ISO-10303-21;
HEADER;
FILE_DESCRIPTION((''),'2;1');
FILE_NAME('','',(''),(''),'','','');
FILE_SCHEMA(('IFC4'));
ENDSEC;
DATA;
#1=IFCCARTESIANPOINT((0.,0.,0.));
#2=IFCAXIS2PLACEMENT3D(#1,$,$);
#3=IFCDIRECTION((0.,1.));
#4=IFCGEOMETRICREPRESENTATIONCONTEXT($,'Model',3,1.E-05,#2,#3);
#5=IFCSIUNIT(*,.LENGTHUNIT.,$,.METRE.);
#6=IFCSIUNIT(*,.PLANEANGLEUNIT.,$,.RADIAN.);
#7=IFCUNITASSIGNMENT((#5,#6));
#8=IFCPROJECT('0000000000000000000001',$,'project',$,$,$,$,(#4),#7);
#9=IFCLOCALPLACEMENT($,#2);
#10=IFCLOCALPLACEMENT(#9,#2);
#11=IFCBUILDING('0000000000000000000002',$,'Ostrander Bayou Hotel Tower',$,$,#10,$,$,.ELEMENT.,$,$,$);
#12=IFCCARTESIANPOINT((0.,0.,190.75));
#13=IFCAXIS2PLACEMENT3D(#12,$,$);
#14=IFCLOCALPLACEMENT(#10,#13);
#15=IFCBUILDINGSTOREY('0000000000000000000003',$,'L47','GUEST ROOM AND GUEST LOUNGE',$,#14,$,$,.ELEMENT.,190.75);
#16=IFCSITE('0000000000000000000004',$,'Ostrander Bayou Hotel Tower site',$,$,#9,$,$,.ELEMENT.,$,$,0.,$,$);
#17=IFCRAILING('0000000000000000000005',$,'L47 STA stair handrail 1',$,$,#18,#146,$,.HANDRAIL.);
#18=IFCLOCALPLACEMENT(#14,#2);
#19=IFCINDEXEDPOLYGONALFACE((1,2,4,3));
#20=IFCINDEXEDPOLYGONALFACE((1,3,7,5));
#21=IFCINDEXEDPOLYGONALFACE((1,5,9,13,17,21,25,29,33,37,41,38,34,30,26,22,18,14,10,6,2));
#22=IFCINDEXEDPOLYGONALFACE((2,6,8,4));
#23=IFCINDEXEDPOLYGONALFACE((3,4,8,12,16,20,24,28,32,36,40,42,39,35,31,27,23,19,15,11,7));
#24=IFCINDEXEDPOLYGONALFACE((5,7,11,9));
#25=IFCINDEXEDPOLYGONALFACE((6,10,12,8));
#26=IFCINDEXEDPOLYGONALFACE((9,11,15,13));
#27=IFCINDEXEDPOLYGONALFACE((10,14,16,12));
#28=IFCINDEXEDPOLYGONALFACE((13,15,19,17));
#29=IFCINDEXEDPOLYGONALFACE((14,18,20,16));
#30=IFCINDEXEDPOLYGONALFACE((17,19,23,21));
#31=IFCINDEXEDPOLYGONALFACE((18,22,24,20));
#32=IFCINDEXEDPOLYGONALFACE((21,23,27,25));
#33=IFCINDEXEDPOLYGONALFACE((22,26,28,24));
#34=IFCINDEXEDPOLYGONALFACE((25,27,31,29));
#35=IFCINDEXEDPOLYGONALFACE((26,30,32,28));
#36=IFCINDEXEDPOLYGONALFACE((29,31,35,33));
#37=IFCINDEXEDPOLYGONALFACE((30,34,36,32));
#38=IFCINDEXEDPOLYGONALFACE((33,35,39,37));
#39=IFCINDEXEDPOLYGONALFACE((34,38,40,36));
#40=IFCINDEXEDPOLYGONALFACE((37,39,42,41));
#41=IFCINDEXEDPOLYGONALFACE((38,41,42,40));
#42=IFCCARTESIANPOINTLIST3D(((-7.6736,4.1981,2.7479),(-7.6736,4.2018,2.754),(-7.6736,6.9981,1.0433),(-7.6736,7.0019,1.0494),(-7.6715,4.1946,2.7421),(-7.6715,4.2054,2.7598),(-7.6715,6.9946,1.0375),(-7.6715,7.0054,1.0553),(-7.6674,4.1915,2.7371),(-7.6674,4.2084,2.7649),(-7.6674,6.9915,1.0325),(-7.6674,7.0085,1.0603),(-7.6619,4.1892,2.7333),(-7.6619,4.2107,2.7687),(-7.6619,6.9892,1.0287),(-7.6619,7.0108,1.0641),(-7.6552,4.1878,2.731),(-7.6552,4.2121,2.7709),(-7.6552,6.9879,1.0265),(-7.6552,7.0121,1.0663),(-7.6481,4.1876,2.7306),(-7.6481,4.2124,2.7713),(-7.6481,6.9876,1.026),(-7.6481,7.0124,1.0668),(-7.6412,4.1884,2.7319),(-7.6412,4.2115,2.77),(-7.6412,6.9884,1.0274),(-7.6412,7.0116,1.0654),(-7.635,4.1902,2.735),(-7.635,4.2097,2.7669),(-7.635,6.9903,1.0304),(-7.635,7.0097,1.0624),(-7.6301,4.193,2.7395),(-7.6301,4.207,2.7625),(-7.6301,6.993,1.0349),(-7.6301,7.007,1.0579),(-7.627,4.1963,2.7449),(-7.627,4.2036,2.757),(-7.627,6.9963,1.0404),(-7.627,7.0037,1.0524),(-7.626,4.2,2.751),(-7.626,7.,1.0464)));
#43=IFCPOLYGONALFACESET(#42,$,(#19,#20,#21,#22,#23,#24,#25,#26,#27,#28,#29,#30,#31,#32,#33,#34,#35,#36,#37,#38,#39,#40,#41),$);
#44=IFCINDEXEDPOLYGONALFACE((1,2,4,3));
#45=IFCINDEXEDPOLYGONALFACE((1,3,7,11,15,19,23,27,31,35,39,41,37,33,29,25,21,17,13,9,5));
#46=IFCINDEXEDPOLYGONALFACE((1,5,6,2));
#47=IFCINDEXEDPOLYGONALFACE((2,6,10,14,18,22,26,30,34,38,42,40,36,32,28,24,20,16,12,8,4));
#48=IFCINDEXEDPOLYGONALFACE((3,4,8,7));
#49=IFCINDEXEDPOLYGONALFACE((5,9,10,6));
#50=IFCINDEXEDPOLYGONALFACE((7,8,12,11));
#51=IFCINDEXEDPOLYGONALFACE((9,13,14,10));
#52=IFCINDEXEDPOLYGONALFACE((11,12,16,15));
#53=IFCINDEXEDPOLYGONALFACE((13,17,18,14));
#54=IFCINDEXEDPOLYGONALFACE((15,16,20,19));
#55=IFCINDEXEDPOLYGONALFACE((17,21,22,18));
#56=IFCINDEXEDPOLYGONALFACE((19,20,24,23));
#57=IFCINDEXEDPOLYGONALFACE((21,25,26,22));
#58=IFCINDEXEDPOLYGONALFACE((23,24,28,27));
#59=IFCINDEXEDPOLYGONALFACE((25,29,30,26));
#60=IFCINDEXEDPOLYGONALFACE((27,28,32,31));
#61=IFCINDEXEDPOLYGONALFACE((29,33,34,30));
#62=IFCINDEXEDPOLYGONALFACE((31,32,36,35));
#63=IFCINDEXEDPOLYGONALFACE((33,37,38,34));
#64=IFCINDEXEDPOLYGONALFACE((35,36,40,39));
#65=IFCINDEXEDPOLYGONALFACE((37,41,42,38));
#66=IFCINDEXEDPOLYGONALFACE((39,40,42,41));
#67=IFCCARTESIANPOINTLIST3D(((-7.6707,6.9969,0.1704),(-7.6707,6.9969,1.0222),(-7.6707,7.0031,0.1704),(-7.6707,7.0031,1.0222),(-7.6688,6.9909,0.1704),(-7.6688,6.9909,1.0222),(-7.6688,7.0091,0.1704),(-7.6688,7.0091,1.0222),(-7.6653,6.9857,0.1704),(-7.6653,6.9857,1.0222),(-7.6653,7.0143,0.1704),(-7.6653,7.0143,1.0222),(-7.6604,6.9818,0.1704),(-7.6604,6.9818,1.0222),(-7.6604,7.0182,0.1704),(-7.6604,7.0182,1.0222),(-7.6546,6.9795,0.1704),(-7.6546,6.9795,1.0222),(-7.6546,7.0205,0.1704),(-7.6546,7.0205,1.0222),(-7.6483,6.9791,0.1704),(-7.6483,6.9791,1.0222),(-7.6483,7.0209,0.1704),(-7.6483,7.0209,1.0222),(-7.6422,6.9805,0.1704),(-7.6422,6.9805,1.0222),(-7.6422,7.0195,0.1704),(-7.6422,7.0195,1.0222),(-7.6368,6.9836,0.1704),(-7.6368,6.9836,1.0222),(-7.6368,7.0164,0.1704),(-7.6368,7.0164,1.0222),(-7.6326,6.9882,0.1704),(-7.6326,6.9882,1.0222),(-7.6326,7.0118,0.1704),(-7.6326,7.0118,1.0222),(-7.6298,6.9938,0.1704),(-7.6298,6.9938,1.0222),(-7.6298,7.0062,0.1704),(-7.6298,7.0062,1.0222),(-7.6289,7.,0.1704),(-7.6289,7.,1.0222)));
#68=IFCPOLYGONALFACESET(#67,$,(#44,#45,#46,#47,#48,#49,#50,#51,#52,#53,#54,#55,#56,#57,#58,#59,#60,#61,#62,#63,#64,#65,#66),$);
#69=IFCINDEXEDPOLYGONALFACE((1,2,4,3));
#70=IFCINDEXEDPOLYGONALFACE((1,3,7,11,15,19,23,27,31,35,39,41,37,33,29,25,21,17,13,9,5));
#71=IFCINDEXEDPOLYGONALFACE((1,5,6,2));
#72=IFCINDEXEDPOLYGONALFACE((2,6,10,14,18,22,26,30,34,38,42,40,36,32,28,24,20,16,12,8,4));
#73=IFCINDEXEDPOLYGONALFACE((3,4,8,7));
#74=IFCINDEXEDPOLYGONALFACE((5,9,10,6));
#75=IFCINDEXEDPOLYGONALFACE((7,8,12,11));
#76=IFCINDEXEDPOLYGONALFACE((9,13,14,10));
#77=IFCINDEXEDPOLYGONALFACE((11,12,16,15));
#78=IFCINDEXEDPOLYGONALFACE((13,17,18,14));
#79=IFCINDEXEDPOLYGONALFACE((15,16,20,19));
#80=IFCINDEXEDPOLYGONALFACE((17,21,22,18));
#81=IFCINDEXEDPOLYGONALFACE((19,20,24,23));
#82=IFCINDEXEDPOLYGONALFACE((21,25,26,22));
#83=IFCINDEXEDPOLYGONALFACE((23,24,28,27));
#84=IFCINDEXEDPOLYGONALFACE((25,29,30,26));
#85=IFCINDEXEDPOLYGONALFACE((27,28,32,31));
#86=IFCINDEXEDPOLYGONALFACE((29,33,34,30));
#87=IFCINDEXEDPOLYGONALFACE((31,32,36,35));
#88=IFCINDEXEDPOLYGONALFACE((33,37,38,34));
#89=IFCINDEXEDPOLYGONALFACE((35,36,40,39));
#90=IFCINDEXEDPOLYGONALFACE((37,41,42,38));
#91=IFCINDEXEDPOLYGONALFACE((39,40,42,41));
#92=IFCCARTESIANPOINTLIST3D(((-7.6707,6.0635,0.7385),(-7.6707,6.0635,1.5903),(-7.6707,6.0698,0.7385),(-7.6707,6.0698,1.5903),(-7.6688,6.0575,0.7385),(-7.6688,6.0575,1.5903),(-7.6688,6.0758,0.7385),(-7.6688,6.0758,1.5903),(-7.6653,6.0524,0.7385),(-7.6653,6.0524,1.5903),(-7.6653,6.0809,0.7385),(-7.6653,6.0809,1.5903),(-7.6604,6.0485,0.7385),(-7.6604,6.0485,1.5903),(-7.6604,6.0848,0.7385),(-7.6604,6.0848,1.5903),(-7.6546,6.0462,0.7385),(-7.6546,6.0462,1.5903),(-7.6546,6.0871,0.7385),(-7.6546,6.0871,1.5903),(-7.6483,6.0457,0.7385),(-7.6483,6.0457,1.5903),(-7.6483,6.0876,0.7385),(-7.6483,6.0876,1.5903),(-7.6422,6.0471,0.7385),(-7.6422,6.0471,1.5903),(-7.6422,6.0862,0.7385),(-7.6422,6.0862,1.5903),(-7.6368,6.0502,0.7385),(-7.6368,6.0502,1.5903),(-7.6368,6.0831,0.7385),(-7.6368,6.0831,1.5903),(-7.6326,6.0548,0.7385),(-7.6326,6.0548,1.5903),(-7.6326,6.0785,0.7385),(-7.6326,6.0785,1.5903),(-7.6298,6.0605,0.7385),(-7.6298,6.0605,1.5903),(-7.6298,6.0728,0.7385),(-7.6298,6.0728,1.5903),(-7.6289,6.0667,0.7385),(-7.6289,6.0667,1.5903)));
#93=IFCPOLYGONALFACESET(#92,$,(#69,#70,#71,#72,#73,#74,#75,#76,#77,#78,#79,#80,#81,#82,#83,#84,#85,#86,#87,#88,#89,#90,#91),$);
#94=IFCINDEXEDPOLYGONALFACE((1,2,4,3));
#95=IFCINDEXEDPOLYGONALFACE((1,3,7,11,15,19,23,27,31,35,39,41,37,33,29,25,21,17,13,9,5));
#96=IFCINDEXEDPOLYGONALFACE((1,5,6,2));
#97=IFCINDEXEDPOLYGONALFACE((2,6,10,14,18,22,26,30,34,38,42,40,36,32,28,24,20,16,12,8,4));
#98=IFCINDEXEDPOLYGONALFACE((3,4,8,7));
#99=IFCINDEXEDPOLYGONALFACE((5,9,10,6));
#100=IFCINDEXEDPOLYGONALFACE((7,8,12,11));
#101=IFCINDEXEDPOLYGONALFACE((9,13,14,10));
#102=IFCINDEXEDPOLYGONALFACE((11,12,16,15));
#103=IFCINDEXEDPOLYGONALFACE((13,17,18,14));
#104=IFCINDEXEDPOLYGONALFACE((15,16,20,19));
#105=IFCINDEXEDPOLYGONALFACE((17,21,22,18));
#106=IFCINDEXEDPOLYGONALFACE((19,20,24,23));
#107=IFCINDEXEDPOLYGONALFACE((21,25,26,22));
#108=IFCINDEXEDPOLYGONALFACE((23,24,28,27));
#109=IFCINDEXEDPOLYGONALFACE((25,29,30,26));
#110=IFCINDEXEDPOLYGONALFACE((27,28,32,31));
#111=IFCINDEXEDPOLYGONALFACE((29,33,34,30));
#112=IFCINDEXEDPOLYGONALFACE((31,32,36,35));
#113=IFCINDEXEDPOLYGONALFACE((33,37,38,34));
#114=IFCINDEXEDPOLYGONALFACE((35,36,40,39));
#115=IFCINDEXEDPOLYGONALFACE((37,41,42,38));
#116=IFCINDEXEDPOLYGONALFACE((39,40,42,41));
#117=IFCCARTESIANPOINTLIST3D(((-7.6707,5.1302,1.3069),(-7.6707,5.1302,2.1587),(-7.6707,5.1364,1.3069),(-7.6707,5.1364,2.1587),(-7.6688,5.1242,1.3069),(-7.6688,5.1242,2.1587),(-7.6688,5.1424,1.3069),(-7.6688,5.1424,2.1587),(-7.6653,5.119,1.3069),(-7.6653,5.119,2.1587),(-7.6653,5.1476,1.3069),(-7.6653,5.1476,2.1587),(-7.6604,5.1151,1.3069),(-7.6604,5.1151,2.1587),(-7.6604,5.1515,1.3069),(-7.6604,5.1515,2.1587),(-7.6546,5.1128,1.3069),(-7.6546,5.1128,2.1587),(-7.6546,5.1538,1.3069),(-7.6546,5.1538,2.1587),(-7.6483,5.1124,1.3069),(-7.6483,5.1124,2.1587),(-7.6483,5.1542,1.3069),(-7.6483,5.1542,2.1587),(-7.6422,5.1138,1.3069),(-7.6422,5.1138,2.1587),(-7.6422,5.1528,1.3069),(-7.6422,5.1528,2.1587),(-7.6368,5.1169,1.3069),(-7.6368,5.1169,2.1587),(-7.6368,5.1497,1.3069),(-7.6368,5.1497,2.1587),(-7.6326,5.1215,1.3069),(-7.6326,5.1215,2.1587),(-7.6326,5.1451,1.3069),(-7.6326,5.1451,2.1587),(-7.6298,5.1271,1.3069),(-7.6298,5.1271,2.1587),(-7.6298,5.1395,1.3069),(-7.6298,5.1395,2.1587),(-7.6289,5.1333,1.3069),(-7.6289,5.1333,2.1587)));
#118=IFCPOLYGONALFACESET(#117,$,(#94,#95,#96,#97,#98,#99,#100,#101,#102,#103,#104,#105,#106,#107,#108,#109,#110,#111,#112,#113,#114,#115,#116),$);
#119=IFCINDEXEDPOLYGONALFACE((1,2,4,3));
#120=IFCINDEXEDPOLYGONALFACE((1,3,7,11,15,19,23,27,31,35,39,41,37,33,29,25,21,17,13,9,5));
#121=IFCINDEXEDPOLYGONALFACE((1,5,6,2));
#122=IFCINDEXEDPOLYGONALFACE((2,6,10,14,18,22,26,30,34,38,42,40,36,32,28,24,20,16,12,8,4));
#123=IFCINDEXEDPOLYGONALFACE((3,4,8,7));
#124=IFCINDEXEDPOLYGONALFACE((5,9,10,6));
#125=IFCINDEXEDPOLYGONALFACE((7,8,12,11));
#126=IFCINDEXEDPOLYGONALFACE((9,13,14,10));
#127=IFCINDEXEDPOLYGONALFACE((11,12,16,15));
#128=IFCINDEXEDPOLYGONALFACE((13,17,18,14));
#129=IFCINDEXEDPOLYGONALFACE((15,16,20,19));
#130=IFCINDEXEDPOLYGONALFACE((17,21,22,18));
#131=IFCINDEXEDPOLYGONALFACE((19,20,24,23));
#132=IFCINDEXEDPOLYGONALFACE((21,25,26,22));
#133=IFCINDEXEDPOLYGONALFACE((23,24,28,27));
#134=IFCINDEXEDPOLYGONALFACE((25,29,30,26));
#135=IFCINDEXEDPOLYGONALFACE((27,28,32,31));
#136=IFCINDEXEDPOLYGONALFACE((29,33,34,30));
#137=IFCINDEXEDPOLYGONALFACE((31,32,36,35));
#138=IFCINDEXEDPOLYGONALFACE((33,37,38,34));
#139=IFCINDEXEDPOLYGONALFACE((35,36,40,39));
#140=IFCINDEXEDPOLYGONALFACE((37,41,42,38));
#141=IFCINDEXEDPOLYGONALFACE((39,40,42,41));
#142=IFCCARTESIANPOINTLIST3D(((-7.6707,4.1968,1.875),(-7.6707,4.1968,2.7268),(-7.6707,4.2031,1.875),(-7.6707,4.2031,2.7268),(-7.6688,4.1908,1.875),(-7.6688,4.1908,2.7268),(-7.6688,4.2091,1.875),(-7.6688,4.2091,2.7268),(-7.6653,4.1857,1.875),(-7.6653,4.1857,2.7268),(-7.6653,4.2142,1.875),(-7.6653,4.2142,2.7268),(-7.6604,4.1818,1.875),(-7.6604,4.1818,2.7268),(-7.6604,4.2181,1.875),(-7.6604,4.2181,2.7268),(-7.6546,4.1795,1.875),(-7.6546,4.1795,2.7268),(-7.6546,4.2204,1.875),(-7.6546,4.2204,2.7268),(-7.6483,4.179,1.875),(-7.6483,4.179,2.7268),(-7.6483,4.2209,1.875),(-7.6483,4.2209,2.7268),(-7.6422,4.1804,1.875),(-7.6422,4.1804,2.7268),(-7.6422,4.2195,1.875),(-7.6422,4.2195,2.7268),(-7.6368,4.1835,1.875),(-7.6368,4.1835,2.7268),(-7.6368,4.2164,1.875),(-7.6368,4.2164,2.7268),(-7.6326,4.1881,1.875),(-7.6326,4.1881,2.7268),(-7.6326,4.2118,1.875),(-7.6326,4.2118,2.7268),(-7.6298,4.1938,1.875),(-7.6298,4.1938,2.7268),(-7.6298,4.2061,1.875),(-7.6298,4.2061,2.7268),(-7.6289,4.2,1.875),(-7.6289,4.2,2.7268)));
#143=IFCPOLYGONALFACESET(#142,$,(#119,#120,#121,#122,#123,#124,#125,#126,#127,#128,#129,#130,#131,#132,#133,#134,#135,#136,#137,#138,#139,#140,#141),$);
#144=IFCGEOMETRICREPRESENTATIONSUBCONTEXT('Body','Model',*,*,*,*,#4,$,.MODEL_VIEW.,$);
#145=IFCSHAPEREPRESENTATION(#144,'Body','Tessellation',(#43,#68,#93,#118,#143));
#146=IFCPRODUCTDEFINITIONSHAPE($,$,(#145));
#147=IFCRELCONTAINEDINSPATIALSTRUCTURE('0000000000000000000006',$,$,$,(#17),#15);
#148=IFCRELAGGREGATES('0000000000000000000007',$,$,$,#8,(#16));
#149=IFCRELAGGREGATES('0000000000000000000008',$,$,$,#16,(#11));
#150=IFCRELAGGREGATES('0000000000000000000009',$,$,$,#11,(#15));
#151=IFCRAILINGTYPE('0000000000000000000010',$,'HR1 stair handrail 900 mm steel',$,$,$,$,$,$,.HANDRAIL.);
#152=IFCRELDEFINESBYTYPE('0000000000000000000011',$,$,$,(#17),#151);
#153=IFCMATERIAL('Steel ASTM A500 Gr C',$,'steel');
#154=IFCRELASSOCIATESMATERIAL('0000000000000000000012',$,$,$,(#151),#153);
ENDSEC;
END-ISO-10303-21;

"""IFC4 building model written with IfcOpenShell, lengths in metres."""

from ifc_helpers import new_model, si_unit, direction, frame, origin, origin_2d, place, context, subcontext, project, spatial, circle, extrude, material, type_object, element, save


model = new_model("IFC4")

# Units and contexts
model_context = context("Model", 3, precision=1e-05, world=origin(), true_north=direction((0.0, 1.0)))
body_context = subcontext(model_context, "Body", "Model", "MODEL_VIEW")
ifc_project = project(units=[si_unit("LENGTHUNIT", "METRE"), si_unit("PLANEANGLEUNIT", "RADIAN")], contexts=[model_context])

# Site, building, storey
site_placement = place(None, origin())
site = spatial("IfcSite", under=ifc_project, at=site_placement, Name="Ostrander Bayou Hotel Tower site", CompositionType="ELEMENT", RefElevation=0.0)
building_placement = place(site_placement, origin())
building = spatial("IfcBuilding", under=site, at=building_placement, Name="Ostrander Bayou Hotel Tower", CompositionType="ELEMENT")
storey_placement = place(building_placement, frame((0.0, 0.0, 190.75)))
storey = spatial("IfcBuildingStorey", under=building, at=storey_placement, Name="L47", Description="GUEST ROOM AND GUEST LOUNGE", CompositionType="ELEMENT", Elevation=190.75)

# Railing
ifc_material_1 = material(Name="Steel ASTM A500 Gr C", Category="steel")
railing_type_1 = type_object("IfcRailingType", Name="HR1 stair handrail 900 mm steel", PredefinedType="HANDRAIL", material=ifc_material_1)
railing_1_placement = place(storey_placement, frame((-7.6499, 7.0, 0.1704)))
element("IfcRailing", 1, at=railing_1_placement, inside=storey, type_object=railing_type_1, Name="L47 STA stair handrail 1", PredefinedType="HANDRAIL", context=body_context, shape_type="SweptSolid", body=[
    extrude(circle(Radius=0.0239, at=origin_2d()), frame((0.0, 0.0, 0.876), z_axis=(0.0, -0.85417, 0.519994), x_axis=(1.0, 0.0, 0.0)), (0.0, 0.0, 1.0), 3.2781),
    extrude(circle(Radius=0.021, at=origin_2d()), origin(), (0.0, 0.0, 1.0), 0.8518),
    extrude(circle(Radius=0.021, at=origin_2d()), frame((0.0, -0.9333, 0.5681)), (0.0, 0.0, 1.0), 0.8518),
    extrude(circle(Radius=0.021, at=origin_2d()), frame((0.0, -1.8667, 1.1365)), (0.0, 0.0, 1.0), 0.8518),
    extrude(circle(Radius=0.021, at=origin_2d()), frame((0.0, -2.8, 1.7046)), (0.0, 0.0, 1.0), 0.8518),
])

save(model, "model.ifc")
